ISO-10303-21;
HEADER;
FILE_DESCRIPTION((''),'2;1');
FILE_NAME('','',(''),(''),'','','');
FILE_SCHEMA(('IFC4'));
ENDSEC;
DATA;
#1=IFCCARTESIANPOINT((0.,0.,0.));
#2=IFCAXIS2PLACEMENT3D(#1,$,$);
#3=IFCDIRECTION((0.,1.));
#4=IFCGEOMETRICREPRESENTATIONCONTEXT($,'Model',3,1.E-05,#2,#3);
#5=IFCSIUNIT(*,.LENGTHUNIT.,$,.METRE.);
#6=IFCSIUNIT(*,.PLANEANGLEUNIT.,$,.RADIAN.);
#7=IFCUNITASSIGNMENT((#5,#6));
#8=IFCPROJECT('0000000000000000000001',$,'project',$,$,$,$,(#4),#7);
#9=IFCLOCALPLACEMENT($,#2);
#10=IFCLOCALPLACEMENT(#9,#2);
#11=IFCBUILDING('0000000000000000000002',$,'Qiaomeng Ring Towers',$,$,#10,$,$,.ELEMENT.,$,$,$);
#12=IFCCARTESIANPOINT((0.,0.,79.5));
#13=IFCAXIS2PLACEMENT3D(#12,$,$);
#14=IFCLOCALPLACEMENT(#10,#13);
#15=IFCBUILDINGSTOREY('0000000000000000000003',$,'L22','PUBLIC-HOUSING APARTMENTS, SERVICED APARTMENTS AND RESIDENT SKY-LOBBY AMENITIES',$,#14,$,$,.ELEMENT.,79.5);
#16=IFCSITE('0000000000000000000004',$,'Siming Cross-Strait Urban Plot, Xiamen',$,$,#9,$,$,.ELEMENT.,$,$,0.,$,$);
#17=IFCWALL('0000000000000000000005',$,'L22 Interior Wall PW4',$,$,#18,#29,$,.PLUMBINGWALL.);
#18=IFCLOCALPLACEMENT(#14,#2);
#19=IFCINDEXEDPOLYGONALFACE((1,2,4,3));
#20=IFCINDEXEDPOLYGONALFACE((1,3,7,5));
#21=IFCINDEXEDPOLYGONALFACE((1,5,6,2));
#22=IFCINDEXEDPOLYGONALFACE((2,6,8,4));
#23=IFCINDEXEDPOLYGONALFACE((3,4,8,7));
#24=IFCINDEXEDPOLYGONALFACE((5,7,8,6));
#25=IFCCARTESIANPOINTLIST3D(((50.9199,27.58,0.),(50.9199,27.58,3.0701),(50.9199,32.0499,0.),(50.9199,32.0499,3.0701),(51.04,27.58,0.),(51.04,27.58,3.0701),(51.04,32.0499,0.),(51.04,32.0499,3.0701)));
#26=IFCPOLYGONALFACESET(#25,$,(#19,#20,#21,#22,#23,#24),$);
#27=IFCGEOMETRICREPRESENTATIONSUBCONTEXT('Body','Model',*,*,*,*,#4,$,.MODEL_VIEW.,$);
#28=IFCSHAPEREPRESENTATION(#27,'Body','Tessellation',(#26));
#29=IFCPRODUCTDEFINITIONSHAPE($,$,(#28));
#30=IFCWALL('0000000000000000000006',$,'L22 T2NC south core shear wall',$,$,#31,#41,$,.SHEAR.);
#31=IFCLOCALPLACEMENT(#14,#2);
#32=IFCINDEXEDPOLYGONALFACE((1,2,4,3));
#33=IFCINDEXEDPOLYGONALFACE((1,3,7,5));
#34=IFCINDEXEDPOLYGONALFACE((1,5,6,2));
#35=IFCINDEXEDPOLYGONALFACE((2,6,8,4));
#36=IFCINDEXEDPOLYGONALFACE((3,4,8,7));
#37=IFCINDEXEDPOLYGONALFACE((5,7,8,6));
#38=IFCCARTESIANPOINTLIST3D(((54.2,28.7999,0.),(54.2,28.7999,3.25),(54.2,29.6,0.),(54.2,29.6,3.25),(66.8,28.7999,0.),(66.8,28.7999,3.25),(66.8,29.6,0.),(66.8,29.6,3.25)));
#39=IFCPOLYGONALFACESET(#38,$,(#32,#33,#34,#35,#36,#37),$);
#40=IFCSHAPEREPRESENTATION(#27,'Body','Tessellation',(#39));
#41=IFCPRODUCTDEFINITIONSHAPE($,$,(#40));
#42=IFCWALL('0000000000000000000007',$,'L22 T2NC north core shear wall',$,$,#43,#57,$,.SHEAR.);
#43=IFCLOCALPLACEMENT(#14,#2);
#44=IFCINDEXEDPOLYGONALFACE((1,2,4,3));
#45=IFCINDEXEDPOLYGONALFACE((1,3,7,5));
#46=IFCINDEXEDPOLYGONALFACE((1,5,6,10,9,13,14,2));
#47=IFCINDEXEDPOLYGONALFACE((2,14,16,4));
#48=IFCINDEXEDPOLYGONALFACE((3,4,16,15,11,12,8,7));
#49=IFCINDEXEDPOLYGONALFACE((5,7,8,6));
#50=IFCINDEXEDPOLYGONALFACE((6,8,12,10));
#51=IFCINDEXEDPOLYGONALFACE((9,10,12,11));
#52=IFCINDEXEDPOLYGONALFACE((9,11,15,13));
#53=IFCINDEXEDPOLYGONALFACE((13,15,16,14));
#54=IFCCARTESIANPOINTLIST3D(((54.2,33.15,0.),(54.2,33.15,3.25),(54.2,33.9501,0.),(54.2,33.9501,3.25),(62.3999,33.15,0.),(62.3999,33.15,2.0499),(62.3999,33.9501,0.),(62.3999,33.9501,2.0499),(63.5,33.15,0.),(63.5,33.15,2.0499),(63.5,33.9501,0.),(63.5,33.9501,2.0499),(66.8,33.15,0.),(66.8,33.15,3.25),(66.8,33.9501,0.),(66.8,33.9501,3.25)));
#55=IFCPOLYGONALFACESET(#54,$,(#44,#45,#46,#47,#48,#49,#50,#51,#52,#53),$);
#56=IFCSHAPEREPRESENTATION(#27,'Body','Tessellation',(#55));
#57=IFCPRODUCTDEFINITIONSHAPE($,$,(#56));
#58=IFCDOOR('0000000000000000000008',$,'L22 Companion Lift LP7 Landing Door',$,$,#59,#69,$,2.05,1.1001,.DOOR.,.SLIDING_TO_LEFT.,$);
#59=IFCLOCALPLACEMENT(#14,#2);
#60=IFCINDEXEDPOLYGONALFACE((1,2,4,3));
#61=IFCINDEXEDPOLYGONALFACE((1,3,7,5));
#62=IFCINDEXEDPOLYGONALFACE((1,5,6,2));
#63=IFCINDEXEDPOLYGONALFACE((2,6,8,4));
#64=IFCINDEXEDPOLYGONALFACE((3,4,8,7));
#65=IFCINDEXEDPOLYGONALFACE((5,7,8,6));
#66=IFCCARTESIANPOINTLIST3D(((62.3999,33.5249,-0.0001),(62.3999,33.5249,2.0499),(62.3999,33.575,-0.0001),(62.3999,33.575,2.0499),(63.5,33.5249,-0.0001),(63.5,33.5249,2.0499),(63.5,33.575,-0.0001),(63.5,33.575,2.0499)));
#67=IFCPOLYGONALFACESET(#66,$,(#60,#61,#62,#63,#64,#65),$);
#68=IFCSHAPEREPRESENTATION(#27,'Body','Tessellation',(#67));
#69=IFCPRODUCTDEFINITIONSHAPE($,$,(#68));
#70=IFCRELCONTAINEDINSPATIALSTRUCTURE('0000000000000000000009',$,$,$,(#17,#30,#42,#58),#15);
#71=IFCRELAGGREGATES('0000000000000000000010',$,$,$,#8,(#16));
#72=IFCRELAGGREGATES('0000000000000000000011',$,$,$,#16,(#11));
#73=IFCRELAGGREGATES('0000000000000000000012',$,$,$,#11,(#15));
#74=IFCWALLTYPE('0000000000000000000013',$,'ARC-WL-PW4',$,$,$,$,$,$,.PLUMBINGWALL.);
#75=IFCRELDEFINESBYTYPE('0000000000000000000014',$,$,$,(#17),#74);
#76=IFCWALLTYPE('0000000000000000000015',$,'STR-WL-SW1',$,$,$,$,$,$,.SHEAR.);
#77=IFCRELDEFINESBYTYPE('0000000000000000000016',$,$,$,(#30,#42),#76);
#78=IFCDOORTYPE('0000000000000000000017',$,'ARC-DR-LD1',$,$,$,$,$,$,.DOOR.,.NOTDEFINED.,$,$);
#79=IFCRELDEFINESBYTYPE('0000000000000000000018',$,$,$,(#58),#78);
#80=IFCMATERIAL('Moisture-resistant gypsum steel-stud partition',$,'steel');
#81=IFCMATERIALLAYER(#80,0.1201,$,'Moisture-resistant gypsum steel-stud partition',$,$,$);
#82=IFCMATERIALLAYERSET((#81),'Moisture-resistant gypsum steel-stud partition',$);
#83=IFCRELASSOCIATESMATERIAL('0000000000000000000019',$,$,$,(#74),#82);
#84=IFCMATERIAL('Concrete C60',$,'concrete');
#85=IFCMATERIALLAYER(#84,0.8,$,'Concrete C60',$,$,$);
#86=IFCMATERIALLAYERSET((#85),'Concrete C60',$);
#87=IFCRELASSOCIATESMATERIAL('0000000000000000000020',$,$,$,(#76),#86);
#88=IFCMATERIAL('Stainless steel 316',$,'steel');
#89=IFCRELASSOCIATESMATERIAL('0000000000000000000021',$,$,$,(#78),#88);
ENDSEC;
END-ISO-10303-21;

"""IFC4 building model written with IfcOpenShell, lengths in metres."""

from ifc_helpers import new_model, si_unit, direction, frame, frame_2d, origin, place, context, subcontext, project, spatial, rectangle, extrude, source, transform, mapped, material, layer, layer_set, type_object, element, fill, save


model = new_model("IFC4")

# Units and contexts
model_context = context("Model", 3, precision=1e-05, world=origin(), true_north=direction((0.0, 1.0)))
body_context = subcontext(model_context, "Body", "Model", "MODEL_VIEW")
ifc_project = project(units=[si_unit("LENGTHUNIT", "METRE"), si_unit("PLANEANGLEUNIT", "RADIAN")], contexts=[model_context])

# Site, building, storey
site_placement = place(None, origin())
site = spatial("IfcSite", under=ifc_project, at=site_placement, Name="Siming Cross-Strait Urban Plot, Xiamen", CompositionType="ELEMENT", RefElevation=0.0)
building_placement = place(site_placement, origin())
building = spatial("IfcBuilding", under=site, at=building_placement, Name="Qiaomeng Ring Towers", CompositionType="ELEMENT")
storey_placement = place(building_placement, frame((0.0, 0.0, 79.5)))
storey = spatial("IfcBuildingStorey", under=building, at=storey_placement, Name="L22", Description="PUBLIC-HOUSING APARTMENTS, SERVICED APARTMENTS AND RESIDENT SKY-LOBBY AMENITIES", CompositionType="ELEMENT", Elevation=79.5)

# Walls
ifc_material_1 = material(Name="Moisture-resistant gypsum steel-stud partition", Category="steel")
ifc_layer_1 = layer(ifc_material_1, 0.1201, Name="Moisture-resistant gypsum steel-stud partition")
ifc_layer_set_1 = layer_set([ifc_layer_1], Name="Moisture-resistant gypsum steel-stud partition")
wall_type_1 = type_object("IfcWallType", Name="ARC-WL-PW4", PredefinedType="PLUMBINGWALL", material=ifc_layer_set_1)
wall_1_placement = place(storey_placement, frame((50.98, 27.5801, 0.0), z_axis=(0.0, 0.0, 1.0), x_axis=(0.0, 1.0, 0.0)))
element("IfcWall", 1, at=wall_1_placement, inside=storey, type_object=wall_type_1, Name="L22 Interior Wall PW4", PredefinedType="PLUMBINGWALL", context=body_context, shape_type="SweptSolid", body=[
    extrude(rectangle(XDim=4.47, YDim=0.1201, at=frame_2d((2.2349, 0.0))), origin(), (0.0, 0.0, 1.0), 3.0701),
])
ifc_material_2 = material(Name="Concrete C60", Category="concrete")
ifc_layer_2 = layer(ifc_material_2, 0.8, Name="Concrete C60")
ifc_layer_set_2 = layer_set([ifc_layer_2], Name="Concrete C60")
wall_type_2 = type_object("IfcWallType", Name="STR-WL-SW1", PredefinedType="SHEAR", material=ifc_layer_set_2)
wall_2_placement = place(storey_placement, frame((54.2, 29.2, 0.0), z_axis=(0.0, 0.0, 1.0), x_axis=(1.0, 0.0, 0.0)))
element("IfcWall", 2, at=wall_2_placement, inside=storey, type_object=wall_type_2, Name="L22 T2NC south core shear wall", PredefinedType="SHEAR", context=body_context, shape_type="SweptSolid", body=[
    extrude(rectangle(XDim=12.6001, YDim=0.8, at=frame_2d((6.3, 0.0))), origin(), (0.0, 0.0, 1.0), 3.25),
])

# Wall, opening, door
wall_3_placement = place(storey_placement, frame((54.2, 33.55, 0.0), z_axis=(0.0, 0.0, 1.0), x_axis=(1.0, 0.0, 0.0)))
wall_3 = element("IfcWall", 3, at=wall_3_placement, inside=storey, type_object=wall_type_2, Name="L22 T2NC north core shear wall", PredefinedType="SHEAR", context=body_context, shape_type="SweptSolid", body=[
    extrude(rectangle(XDim=12.6001, YDim=0.8, at=frame_2d((6.3, 0.0))), origin(), (0.0, 0.0, 1.0), 3.25),
])
opening_placement = place(wall_3_placement, frame((8.2, 0.0, 0.0)))
opening = element("IfcOpeningElement", 4, at=opening_placement, cuts=wall_3, PredefinedType="OPENING", context=body_context, shape_type="SweptSolid", body=[
    extrude(rectangle(XDim=1.1001, YDim=2.05, at=frame_2d((0.55, 1.0249))), frame((0.0, 0.4099, 0.0), z_axis=(0.0, -1.0, 0.0), x_axis=(1.0, 0.0, 0.0)), (0.0, 0.0, 1.0), 0.8201),
])
ifc_material_3 = material(Name="Stainless steel 316", Category="steel")
door_type = type_object("IfcDoorType", Name="ARC-DR-LD1", OperationType="NOTDEFINED", PredefinedType="DOOR", material=ifc_material_3)
shared_shape_1 = source(origin(), body_context, "Body", "SweptSolid", [
    extrude(rectangle(XDim=1.1001, YDim=2.05, at=frame_2d((0.55, 1.0249))), frame((0.0, 0.0249, 0.0), z_axis=(0.0, -1.0, 0.0), x_axis=(1.0, 0.0, 0.0)), (0.0, 0.0, 1.0), 0.05),
])
door_placement = place(opening_placement, origin())
door = element("IfcDoor", 5, at=door_placement, inside=storey, type_object=door_type, Name="L22 Companion Lift LP7 Landing Door", OperationType="SLIDING_TO_LEFT", OverallHeight=2.05, OverallWidth=1.1001, PredefinedType="DOOR", context=body_context, shape_type="MappedRepresentation", body=[
    mapped(shared_shape_1, transform((0.0, 0.0, 0.0), x_axis=(1.0, 0.0, 0.0), y_axis=(0.0, 1.0, 0.0), z_axis=(0.0, 0.0, 1.0), scale=1.0)),
])
fill(opening, door)

save(model, "model.ifc")
